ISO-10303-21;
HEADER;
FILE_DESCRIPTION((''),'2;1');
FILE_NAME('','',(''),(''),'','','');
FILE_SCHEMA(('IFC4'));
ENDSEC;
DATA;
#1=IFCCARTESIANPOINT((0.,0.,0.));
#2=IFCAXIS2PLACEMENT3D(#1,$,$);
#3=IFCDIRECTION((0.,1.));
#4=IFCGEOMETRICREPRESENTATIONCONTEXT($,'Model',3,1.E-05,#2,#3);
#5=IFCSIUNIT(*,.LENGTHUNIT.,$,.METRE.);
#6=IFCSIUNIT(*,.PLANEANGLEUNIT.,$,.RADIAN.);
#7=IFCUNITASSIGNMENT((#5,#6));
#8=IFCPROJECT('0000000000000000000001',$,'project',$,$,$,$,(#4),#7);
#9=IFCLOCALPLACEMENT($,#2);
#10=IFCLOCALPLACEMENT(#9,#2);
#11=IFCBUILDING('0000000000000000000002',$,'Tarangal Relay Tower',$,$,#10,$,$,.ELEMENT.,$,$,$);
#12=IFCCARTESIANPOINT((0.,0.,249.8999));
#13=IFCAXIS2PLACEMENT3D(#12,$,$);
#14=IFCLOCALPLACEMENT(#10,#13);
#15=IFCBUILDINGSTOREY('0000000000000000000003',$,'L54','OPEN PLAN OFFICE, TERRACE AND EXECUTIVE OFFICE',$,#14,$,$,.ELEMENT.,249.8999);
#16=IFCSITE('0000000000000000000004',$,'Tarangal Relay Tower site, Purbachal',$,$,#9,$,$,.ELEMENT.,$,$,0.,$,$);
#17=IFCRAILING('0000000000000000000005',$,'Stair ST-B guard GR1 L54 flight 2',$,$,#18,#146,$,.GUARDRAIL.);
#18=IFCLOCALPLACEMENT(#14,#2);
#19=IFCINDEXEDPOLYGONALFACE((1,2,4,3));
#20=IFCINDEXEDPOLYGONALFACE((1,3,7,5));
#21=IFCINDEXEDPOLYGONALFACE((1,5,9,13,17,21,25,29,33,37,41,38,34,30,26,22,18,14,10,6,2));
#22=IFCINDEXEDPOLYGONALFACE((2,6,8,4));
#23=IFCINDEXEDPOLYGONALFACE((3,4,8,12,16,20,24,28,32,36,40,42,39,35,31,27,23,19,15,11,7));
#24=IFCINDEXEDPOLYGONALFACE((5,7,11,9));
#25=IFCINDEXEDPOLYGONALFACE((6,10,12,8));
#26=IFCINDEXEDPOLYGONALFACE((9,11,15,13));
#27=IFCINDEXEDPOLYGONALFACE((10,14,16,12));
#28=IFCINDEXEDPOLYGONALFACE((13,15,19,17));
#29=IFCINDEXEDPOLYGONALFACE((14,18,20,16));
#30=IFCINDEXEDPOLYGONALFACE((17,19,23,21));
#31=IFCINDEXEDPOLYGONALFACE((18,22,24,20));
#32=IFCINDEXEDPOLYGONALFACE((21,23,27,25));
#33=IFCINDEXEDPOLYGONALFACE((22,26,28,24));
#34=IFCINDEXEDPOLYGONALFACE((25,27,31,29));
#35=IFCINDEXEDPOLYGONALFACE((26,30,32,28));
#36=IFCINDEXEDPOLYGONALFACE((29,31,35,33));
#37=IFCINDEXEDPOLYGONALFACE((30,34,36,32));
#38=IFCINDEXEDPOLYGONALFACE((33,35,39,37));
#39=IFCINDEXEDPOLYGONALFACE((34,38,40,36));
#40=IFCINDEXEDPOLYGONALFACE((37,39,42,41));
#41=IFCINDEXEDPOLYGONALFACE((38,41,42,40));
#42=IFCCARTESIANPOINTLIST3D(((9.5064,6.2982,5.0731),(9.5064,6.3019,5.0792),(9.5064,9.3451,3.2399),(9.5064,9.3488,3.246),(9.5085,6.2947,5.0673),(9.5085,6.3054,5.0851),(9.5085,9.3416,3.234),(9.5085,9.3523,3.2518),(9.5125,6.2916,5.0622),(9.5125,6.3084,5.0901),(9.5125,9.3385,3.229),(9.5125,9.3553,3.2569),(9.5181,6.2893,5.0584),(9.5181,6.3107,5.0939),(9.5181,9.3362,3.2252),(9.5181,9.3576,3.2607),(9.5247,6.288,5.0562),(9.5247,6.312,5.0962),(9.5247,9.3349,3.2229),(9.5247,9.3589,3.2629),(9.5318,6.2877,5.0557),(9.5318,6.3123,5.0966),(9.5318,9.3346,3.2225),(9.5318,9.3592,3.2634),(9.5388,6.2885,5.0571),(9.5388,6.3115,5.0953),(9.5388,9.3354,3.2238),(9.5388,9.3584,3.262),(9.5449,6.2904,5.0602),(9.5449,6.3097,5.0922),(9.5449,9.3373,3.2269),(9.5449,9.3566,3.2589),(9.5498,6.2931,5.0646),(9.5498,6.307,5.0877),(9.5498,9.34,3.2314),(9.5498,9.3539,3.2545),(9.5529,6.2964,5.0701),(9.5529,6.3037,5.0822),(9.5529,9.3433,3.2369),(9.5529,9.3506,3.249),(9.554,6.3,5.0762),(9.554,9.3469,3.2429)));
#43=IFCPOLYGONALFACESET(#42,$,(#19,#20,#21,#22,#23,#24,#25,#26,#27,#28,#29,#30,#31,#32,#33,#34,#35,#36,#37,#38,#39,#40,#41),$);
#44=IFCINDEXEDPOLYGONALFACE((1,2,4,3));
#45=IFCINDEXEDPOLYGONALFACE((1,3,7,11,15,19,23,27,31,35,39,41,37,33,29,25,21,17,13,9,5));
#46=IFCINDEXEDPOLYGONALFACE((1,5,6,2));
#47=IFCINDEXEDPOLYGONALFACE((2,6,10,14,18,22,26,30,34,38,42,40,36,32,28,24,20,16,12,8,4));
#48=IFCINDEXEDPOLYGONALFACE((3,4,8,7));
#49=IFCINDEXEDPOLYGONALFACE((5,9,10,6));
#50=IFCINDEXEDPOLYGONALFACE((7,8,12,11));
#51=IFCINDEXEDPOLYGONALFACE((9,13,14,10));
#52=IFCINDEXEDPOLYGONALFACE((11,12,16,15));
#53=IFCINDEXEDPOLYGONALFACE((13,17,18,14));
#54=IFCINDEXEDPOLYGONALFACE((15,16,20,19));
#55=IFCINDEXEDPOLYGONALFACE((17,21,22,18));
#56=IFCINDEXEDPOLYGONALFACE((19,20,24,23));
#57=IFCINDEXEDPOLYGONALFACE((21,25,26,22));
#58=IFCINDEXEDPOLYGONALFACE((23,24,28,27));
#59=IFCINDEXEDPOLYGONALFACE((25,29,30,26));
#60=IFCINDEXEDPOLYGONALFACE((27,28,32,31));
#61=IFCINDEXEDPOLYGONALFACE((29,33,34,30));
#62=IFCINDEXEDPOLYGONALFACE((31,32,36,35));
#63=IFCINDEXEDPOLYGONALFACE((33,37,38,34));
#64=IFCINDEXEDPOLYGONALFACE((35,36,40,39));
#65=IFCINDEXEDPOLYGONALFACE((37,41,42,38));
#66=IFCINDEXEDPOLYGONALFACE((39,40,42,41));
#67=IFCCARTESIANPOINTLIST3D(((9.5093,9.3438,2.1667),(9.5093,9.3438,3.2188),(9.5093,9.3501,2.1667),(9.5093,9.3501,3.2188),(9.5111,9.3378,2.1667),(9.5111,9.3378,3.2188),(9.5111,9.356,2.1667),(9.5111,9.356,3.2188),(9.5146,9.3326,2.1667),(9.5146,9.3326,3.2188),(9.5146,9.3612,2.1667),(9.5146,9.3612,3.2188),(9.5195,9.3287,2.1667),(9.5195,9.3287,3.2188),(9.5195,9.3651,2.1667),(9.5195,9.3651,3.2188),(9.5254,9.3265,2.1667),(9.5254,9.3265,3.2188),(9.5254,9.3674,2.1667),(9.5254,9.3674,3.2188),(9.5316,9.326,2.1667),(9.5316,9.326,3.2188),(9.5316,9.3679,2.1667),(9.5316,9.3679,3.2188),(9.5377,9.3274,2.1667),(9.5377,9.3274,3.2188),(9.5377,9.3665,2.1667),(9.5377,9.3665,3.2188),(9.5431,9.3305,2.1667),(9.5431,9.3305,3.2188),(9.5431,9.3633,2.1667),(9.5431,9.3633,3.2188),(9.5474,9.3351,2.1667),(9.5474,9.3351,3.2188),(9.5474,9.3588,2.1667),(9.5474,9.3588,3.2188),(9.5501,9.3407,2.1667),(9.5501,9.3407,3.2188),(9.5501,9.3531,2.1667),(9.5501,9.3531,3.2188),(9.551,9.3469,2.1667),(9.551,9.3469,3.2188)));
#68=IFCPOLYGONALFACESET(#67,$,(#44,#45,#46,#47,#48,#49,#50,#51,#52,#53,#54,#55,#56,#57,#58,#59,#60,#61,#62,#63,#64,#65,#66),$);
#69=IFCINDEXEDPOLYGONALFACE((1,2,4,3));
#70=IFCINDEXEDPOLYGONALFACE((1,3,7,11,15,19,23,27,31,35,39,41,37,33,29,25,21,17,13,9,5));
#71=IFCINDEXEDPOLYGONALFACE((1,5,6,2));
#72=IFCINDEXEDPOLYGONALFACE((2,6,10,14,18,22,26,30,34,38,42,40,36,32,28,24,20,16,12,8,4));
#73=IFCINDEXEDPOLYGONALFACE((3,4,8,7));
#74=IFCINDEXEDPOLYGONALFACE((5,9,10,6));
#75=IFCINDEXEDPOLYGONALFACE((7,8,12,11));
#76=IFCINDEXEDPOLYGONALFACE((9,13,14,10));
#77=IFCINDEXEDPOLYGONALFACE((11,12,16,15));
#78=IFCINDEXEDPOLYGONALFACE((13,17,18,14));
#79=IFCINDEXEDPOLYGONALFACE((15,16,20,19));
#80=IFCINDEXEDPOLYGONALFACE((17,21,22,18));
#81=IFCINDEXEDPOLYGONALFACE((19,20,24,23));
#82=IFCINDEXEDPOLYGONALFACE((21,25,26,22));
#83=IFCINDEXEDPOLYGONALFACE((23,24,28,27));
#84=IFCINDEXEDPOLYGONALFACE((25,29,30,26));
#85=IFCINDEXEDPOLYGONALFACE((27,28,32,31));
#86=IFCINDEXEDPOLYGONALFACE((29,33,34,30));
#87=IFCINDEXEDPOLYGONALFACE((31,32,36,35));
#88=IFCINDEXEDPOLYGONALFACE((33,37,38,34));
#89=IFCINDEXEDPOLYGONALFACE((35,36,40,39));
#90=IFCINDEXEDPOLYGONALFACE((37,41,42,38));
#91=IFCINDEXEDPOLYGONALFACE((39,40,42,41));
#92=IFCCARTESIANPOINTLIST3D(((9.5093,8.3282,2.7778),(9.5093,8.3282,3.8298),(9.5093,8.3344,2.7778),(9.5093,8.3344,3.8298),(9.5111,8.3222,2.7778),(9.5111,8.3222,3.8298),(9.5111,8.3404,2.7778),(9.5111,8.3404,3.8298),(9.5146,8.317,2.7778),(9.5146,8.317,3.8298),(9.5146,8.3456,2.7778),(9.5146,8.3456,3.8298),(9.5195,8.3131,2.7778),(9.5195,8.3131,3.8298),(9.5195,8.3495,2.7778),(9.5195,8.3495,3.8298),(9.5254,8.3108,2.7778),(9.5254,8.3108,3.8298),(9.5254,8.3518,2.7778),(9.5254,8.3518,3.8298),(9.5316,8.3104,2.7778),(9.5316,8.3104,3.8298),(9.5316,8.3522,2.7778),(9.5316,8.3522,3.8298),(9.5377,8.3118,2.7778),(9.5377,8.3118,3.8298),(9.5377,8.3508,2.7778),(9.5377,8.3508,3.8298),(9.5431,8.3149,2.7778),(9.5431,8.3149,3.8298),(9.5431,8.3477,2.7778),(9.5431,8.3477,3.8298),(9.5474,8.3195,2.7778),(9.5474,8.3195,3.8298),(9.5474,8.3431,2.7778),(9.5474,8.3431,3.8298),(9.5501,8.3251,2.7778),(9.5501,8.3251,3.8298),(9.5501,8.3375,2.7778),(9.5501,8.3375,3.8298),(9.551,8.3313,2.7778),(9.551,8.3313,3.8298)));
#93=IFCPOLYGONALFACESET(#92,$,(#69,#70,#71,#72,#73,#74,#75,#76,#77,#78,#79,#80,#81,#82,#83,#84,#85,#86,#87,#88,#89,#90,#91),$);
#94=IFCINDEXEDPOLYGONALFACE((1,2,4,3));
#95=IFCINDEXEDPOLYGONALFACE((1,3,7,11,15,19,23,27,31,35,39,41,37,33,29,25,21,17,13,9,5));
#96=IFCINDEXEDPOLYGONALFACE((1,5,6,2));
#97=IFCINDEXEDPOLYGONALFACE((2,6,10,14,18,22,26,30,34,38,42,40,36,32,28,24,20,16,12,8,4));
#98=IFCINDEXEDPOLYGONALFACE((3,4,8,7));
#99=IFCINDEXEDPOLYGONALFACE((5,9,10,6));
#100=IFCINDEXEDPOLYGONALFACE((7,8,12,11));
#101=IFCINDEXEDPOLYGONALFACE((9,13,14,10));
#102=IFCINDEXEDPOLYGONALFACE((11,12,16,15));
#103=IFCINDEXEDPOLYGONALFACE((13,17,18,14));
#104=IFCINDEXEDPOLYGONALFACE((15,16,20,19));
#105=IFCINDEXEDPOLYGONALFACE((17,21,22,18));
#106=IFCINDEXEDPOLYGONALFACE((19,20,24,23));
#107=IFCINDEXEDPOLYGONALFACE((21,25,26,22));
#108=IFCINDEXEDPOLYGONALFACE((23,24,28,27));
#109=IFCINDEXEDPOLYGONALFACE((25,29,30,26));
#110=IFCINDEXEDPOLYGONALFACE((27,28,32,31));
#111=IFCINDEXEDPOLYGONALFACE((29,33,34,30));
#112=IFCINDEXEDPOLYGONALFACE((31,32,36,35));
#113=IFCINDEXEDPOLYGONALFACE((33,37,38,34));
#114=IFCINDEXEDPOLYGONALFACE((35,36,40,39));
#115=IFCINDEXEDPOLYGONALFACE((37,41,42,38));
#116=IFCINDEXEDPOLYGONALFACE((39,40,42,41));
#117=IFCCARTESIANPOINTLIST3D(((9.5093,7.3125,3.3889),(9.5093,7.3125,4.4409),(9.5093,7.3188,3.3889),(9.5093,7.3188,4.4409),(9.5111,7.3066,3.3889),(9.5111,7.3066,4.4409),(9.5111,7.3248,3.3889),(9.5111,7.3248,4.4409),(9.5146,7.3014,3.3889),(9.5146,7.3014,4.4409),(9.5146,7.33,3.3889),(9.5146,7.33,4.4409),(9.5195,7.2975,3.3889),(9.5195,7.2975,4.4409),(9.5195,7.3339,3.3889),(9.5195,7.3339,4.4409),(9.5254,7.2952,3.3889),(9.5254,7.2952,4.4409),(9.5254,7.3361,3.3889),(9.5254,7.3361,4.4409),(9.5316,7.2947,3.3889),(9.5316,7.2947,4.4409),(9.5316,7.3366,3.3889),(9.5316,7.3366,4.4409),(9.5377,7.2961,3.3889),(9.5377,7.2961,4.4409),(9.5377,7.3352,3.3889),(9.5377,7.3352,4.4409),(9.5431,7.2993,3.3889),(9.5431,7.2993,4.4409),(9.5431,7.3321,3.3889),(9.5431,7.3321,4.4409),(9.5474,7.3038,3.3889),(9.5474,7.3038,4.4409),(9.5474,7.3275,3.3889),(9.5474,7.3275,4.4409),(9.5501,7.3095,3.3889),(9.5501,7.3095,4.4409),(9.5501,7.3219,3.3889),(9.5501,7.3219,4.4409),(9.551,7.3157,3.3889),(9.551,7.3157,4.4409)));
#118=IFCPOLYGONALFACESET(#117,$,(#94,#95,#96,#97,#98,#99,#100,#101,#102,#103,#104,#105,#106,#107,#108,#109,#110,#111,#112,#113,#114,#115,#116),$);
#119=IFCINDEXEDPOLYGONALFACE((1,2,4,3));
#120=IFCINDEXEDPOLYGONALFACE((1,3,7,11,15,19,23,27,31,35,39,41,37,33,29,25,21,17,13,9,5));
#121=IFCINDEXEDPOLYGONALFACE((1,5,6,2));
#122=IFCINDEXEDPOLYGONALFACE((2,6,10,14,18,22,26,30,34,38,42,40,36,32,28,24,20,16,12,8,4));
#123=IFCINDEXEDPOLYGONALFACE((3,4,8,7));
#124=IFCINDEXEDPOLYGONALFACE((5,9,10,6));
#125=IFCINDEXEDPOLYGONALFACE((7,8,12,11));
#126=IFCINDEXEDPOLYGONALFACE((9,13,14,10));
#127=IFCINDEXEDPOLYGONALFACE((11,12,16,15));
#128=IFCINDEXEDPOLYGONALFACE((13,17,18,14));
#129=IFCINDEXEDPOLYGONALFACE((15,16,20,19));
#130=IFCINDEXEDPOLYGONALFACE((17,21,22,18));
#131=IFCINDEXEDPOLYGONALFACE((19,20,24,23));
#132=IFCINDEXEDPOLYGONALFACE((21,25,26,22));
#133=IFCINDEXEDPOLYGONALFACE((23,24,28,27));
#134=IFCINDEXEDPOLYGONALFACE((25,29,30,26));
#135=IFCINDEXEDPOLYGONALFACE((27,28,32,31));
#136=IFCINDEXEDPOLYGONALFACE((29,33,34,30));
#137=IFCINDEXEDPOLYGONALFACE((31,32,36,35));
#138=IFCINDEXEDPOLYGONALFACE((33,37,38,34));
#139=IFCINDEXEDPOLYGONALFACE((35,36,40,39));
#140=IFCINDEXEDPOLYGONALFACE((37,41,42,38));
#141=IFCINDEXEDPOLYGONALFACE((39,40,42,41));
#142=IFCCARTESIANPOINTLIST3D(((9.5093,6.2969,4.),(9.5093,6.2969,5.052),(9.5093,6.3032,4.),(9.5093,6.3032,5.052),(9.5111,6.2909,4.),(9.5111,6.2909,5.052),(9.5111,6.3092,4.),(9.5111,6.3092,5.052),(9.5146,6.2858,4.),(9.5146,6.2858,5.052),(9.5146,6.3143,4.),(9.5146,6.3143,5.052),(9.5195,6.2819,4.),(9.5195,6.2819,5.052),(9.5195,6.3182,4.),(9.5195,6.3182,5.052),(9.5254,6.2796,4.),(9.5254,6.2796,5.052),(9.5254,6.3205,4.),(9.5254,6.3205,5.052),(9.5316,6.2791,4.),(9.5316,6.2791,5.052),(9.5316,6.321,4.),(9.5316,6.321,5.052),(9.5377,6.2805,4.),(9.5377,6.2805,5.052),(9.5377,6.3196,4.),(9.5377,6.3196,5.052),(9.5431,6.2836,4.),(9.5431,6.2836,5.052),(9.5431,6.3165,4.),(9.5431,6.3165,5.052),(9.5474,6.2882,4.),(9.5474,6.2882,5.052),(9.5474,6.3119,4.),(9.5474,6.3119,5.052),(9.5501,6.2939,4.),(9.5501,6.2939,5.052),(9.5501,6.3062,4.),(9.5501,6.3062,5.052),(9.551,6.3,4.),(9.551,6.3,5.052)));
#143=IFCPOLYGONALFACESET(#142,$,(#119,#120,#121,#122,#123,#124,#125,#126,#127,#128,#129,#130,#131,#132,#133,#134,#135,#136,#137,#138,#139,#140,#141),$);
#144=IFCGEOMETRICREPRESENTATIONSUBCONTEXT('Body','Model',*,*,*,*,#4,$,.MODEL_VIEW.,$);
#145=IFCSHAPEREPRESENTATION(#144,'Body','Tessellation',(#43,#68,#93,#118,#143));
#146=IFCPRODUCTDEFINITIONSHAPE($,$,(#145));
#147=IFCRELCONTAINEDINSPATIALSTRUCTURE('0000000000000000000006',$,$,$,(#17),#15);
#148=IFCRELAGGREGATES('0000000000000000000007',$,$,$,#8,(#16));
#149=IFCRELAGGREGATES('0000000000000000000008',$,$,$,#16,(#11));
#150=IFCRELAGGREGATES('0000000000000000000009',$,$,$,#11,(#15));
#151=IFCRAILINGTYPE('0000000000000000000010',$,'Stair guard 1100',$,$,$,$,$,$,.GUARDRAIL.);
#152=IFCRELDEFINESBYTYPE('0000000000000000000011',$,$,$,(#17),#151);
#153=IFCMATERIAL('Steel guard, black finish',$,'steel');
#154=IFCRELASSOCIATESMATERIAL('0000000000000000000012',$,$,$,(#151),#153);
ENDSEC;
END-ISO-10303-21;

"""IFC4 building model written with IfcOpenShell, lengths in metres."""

from ifc_helpers import new_model, si_unit, direction, frame, origin, origin_2d, place, context, subcontext, project, spatial, circle, extrude, material, type_object, element, save


model = new_model("IFC4")

# Units and contexts
model_context = context("Model", 3, precision=1e-05, world=origin(), true_north=direction((0.0, 1.0)))
body_context = subcontext(model_context, "Body", "Model", "MODEL_VIEW")
ifc_project = project(units=[si_unit("LENGTHUNIT", "METRE"), si_unit("PLANEANGLEUNIT", "RADIAN")], contexts=[model_context])

# Site, building, storey
site_placement = place(None, origin())
site = spatial("IfcSite", under=ifc_project, at=site_placement, Name="Tarangal Relay Tower site, Purbachal", CompositionType="ELEMENT", RefElevation=0.0)
building_placement = place(site_placement, origin())
building = spatial("IfcBuilding", under=site, at=building_placement, Name="Tarangal Relay Tower", CompositionType="ELEMENT")
storey_placement = place(building_placement, frame((0.0, 0.0, 249.8999)))
storey = spatial("IfcBuildingStorey", under=building, at=storey_placement, Name="L54", Description="OPEN PLAN OFFICE, TERRACE AND EXECUTIVE OFFICE", CompositionType="ELEMENT", Elevation=249.8999)

# Railing
ifc_material_1 = material(Name="Steel guard, black finish", Category="steel")
railing_type_1 = type_object("IfcRailingType", Name="Stair guard 1100", PredefinedType="GUARDRAIL", material=ifc_material_1)
railing_1_placement = place(storey_placement, frame((9.53, 9.3469, 2.1667)))
element("IfcRailing", 1, at=railing_1_placement, inside=storey, type_object=railing_type_1, Name="Stair ST-B guard GR1 L54 flight 2", PredefinedType="GUARDRAIL", context=body_context, shape_type="SweptSolid", body=[
    extrude(circle(Radius=0.0239, at=origin_2d()), frame((0.0, 0.0, 1.0762), z_axis=(0.0, -0.856856, 0.515556), x_axis=(1.0, 0.0, 0.0)), (0.0, 0.0, 1.0), 3.5559),
    extrude(circle(Radius=0.021, at=origin_2d()), origin(), (0.0, 0.0, 1.0), 1.052),
    extrude(circle(Radius=0.021, at=origin_2d()), frame((0.0, -1.0156, 0.6111)), (0.0, 0.0, 1.0), 1.052),
    extrude(circle(Radius=0.021, at=origin_2d()), frame((0.0, -2.0312, 1.2222)), (0.0, 0.0, 1.0), 1.052),
    extrude(circle(Radius=0.021, at=origin_2d()), frame((0.0, -3.0469, 1.8333)), (0.0, 0.0, 1.0), 1.052),
])

save(model, "model.ifc")
